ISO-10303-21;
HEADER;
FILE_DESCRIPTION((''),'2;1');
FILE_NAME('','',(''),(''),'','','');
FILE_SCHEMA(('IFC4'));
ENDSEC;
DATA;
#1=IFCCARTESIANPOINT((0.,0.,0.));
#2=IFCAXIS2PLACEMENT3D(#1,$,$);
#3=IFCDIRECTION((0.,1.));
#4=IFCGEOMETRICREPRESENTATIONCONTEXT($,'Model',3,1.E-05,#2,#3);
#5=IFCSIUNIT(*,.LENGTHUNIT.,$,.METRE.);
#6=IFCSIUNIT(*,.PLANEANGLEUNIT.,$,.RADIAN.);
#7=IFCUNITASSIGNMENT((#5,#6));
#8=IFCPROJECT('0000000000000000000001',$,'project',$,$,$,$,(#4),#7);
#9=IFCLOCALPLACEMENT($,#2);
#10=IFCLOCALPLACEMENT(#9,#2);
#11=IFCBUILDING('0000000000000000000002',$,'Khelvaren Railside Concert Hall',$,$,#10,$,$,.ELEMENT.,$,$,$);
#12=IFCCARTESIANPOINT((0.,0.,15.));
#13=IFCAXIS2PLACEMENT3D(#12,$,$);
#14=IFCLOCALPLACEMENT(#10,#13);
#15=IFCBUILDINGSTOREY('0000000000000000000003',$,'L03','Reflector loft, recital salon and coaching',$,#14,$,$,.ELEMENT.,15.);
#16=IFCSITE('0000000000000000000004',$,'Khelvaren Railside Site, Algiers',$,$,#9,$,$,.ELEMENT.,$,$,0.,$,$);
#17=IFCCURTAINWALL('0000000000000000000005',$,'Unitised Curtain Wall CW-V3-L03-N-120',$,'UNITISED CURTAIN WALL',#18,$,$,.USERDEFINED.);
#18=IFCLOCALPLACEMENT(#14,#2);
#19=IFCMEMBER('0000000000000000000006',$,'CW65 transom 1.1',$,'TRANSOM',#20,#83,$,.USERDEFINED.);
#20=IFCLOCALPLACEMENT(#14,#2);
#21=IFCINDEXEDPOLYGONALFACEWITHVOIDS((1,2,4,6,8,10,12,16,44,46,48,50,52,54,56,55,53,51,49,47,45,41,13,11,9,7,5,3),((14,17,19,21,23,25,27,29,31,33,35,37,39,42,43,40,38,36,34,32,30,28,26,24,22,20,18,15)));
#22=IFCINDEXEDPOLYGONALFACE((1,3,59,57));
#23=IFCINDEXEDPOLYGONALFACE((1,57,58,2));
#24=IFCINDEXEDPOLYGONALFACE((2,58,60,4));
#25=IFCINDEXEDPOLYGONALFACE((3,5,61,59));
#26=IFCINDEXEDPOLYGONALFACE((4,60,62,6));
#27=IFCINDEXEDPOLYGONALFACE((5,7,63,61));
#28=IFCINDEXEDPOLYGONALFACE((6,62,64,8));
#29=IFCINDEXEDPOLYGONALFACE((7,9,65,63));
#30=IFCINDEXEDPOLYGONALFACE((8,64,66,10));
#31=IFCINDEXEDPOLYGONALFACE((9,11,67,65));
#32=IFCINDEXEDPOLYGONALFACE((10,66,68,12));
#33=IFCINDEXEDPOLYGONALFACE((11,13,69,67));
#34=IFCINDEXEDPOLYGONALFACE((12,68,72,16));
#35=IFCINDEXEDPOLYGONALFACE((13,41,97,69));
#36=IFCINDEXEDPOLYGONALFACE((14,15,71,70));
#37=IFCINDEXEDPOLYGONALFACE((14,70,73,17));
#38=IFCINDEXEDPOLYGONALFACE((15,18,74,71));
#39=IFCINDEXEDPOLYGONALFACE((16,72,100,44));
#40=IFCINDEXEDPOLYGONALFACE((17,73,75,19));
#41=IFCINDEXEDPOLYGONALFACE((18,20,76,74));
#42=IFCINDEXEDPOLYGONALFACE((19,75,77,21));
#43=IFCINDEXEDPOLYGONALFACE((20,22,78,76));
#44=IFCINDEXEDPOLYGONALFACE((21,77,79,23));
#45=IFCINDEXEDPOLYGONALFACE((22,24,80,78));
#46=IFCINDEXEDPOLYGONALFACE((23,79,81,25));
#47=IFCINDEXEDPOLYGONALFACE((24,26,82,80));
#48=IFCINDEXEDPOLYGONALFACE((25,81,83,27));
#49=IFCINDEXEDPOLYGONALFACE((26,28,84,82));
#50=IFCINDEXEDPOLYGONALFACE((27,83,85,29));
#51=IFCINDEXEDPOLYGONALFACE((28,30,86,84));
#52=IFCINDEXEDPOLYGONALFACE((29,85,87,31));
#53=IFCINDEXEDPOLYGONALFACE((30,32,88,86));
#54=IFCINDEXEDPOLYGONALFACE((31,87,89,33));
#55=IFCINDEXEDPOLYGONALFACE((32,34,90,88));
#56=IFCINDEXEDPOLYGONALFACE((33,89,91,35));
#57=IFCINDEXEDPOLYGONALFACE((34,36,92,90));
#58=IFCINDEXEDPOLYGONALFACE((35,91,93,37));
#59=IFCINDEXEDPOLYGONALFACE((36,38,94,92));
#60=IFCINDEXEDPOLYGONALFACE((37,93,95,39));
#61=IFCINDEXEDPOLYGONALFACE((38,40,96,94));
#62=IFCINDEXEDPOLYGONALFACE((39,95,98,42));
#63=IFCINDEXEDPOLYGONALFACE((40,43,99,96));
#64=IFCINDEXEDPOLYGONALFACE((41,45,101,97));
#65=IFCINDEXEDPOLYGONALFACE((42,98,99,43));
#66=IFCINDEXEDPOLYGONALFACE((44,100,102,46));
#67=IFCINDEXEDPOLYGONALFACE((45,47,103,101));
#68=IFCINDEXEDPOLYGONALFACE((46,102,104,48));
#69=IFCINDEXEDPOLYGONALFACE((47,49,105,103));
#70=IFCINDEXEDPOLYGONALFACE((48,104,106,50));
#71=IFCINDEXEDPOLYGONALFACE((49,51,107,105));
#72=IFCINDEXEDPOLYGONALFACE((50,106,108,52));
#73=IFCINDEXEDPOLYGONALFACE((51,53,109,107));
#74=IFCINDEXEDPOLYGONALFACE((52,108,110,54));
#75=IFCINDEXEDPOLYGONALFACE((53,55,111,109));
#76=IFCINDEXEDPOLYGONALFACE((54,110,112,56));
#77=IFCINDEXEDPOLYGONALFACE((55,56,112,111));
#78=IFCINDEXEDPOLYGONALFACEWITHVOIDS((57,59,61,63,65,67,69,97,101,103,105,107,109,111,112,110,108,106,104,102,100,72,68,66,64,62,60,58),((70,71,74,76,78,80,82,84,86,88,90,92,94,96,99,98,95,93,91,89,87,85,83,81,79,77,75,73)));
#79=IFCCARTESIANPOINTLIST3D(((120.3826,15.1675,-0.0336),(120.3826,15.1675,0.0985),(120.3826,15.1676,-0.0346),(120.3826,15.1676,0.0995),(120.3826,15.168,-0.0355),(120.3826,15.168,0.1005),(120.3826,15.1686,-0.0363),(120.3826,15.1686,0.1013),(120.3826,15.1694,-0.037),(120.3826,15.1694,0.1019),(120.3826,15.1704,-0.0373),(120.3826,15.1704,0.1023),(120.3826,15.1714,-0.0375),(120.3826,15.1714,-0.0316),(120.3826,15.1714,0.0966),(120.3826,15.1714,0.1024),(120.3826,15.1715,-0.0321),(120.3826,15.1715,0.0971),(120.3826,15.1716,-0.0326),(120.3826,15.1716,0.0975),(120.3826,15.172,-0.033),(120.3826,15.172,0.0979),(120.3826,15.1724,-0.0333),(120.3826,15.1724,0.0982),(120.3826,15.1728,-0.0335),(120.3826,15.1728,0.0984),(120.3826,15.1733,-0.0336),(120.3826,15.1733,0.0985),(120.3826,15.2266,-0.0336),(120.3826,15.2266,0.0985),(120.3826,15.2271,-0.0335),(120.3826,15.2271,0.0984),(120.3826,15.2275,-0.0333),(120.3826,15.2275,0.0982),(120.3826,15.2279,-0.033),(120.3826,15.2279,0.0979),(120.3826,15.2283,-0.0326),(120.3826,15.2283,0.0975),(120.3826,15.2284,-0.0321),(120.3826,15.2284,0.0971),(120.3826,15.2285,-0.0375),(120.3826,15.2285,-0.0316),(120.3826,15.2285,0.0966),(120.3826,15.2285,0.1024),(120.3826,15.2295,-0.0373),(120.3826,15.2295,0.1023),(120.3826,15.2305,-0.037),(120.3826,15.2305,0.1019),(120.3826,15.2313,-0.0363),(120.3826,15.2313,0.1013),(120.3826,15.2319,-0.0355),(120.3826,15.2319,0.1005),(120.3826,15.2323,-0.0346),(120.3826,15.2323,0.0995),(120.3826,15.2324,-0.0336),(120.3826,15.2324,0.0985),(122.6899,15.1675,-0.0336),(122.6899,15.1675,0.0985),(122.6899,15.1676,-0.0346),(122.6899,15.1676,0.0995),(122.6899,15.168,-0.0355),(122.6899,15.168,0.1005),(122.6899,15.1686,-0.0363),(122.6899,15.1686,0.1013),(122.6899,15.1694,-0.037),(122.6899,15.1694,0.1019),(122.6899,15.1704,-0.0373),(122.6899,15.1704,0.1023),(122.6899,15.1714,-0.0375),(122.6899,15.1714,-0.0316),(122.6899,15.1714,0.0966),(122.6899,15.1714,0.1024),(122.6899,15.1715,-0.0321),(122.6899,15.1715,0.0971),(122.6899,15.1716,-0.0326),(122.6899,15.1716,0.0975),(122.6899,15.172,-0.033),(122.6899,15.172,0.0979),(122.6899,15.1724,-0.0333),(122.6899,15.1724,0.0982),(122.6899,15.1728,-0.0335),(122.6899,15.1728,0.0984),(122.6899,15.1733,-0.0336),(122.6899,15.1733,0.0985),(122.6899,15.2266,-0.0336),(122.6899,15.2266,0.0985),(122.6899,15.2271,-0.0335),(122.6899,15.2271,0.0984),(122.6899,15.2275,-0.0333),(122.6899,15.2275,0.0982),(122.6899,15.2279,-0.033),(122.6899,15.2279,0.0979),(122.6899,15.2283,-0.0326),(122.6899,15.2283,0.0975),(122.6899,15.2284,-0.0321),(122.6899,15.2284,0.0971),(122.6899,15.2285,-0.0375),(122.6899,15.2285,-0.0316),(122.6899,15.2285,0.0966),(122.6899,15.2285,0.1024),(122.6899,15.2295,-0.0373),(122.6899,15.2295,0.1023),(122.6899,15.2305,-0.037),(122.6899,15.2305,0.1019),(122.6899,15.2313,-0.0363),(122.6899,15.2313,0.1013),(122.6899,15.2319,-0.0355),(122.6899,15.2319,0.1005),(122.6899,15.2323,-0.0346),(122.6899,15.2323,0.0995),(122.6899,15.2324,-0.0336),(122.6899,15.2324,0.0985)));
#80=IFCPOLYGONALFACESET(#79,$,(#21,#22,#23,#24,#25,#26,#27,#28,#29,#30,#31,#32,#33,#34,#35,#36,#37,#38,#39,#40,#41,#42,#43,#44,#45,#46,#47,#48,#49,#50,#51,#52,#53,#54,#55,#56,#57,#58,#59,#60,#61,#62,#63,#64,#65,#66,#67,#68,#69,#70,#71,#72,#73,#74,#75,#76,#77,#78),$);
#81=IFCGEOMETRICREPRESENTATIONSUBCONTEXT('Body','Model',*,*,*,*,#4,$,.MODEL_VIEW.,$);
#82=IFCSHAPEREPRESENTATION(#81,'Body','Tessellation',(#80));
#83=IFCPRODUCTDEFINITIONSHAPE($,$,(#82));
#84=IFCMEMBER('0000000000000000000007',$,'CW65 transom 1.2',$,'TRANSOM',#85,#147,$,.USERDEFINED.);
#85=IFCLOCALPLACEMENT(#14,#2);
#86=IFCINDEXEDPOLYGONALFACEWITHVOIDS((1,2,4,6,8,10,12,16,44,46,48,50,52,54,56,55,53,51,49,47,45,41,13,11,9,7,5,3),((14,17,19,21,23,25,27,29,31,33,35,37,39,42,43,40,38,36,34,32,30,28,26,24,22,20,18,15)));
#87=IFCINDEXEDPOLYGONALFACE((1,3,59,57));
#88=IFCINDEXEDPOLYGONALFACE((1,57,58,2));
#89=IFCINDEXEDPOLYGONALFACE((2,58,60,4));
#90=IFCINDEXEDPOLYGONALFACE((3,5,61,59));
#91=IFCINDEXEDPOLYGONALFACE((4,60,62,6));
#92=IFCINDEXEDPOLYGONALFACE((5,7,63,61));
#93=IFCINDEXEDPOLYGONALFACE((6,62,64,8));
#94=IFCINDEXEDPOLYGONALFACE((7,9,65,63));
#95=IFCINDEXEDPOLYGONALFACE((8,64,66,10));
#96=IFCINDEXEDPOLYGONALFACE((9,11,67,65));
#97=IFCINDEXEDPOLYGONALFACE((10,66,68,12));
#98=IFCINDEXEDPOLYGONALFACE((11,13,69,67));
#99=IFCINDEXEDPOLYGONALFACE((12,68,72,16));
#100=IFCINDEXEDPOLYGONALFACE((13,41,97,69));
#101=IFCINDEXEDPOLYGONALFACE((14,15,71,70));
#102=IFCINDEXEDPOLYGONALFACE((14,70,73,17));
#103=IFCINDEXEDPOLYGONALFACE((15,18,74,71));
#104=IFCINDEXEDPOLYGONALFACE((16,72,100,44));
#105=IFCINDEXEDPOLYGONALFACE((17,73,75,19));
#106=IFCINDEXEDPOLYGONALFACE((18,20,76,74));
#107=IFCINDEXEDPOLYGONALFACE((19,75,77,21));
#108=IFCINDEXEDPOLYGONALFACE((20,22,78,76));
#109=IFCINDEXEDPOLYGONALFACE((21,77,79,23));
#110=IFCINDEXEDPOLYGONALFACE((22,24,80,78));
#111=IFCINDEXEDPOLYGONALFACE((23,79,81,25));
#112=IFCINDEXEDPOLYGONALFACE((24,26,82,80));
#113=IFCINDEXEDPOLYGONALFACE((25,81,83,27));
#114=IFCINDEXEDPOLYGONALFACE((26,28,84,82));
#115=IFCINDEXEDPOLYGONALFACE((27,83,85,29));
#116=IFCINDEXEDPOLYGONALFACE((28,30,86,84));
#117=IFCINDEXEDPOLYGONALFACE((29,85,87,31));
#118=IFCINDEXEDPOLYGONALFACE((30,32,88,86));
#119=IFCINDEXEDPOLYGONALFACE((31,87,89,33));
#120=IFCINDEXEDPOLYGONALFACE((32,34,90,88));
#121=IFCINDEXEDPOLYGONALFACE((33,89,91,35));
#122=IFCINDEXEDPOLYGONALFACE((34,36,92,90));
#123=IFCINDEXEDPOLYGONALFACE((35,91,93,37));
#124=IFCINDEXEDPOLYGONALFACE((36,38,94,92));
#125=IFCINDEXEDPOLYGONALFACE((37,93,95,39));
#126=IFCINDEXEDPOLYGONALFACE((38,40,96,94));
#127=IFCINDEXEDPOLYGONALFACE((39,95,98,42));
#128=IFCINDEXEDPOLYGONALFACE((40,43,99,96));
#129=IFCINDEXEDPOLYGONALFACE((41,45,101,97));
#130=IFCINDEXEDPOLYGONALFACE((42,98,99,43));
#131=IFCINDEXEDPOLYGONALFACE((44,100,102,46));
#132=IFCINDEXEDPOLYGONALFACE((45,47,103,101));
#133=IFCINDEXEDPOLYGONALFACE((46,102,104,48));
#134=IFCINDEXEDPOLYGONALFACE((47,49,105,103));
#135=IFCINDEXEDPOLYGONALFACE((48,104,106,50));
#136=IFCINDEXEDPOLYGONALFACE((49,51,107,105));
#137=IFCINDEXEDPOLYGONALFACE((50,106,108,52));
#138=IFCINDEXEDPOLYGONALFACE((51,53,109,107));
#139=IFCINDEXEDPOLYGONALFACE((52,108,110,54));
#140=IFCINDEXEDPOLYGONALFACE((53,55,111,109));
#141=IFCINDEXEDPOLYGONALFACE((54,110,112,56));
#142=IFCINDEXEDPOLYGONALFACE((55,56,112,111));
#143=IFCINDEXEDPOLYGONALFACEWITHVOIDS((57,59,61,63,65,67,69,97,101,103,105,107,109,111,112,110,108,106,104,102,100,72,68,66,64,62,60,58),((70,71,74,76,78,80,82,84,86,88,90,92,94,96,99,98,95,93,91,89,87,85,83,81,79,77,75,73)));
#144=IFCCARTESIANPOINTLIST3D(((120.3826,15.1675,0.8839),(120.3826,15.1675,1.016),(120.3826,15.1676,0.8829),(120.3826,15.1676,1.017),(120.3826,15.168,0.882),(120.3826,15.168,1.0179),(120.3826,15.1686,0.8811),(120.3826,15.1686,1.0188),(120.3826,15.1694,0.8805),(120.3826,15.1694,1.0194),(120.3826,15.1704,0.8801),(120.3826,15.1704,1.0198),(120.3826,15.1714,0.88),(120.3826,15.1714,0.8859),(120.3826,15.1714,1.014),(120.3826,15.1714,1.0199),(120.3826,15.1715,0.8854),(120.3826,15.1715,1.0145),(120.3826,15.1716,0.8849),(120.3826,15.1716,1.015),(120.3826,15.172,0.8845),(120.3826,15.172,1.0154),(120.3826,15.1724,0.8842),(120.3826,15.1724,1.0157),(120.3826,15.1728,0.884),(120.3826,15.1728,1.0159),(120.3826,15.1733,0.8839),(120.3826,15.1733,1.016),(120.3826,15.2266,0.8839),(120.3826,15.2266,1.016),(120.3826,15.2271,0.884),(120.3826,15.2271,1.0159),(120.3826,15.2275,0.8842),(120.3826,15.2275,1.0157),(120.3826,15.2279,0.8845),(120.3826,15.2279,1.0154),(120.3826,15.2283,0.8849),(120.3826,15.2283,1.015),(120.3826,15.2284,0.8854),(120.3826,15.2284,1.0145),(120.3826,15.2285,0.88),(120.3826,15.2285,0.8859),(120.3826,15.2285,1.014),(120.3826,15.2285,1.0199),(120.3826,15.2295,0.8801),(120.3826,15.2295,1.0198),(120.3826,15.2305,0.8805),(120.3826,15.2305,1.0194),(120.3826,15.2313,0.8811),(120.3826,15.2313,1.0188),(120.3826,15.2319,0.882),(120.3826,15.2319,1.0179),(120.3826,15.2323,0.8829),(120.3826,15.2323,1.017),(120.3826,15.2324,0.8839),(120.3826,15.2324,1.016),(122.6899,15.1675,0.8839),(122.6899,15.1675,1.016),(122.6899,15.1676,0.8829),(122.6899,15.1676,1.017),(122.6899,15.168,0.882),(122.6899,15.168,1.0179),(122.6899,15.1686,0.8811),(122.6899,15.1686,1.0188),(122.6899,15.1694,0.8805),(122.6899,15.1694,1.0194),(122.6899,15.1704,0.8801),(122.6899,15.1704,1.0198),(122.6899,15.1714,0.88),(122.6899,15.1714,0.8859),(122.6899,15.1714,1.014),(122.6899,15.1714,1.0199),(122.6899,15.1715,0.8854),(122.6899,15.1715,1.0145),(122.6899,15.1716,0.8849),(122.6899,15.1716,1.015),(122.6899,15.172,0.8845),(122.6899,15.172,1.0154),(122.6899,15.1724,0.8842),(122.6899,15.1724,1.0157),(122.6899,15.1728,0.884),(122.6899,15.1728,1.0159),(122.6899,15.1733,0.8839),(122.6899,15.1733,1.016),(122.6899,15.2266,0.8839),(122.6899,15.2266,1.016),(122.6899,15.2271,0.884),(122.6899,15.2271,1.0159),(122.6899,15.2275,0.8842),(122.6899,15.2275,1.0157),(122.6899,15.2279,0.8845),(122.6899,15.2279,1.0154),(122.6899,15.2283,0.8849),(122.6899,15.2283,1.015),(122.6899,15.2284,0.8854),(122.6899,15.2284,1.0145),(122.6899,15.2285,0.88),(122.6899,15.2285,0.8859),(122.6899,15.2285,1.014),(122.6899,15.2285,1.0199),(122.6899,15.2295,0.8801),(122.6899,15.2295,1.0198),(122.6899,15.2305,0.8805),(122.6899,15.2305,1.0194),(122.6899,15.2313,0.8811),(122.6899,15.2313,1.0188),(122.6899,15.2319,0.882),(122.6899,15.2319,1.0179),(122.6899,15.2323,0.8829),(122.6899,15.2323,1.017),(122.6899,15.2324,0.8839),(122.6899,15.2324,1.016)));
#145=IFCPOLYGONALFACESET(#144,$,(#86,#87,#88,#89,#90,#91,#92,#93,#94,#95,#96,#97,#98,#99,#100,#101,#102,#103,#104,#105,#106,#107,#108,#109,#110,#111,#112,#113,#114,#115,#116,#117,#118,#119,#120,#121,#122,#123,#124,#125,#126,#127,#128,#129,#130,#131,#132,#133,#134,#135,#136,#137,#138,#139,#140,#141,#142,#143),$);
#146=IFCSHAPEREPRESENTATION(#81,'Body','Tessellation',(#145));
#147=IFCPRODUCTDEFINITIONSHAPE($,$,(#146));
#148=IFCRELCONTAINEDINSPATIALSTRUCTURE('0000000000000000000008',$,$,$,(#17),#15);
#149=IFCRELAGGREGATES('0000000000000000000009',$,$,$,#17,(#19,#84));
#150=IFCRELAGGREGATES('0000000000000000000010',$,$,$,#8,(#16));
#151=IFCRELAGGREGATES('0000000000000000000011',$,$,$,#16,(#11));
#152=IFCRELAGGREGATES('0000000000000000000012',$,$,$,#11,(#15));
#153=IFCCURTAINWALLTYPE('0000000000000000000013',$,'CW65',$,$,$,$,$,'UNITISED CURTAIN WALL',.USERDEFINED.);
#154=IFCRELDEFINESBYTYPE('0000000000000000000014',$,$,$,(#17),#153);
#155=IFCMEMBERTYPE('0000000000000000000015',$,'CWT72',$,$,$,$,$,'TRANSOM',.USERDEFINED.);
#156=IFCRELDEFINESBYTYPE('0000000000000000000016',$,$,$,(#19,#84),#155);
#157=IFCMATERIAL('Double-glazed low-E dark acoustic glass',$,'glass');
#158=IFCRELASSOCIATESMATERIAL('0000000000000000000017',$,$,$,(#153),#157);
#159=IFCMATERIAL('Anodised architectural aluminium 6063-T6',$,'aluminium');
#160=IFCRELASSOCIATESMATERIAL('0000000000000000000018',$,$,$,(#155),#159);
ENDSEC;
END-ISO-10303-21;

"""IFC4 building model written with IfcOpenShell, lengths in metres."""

from ifc_helpers import new_model, si_unit, direction, frame, origin, origin_2d, place, context, subcontext, project, spatial, hollow_rectangle, extrude, material, material_profile, profile_set, type_object, element, aggregate, save


model = new_model("IFC4")

# Units and contexts
model_context = context("Model", 3, precision=1e-05, world=origin(), true_north=direction((0.0, 1.0)))
body_context = subcontext(model_context, "Body", "Model", "MODEL_VIEW")
ifc_project = project(units=[si_unit("LENGTHUNIT", "METRE"), si_unit("PLANEANGLEUNIT", "RADIAN")], contexts=[model_context])

# Site, building, storey
site_placement = place(None, origin())
site = spatial("IfcSite", under=ifc_project, at=site_placement, Name="Khelvaren Railside Site, Algiers", CompositionType="ELEMENT", RefElevation=0.0)
building_placement = place(site_placement, origin())
building = spatial("IfcBuilding", under=site, at=building_placement, Name="Khelvaren Railside Concert Hall", CompositionType="ELEMENT")
storey_placement = place(building_placement, frame((0.0, 0.0, 15.0)))
storey = spatial("IfcBuildingStorey", under=building, at=storey_placement, Name="L03", Description="Reflector loft, recital salon and coaching", CompositionType="ELEMENT", Elevation=15.0)

# Shared definitions
ifc_material_1 = material(Name="Double-glazed low-E dark acoustic glass", Category="glass")
ifc_material_2 = material(Name="Anodised architectural aluminium 6063-T6", Category="aluminium")

# Curtain wall
curtain_wall_type_1 = type_object("IfcCurtainWallType", Name="CW65", ElementType="UNITISED CURTAIN WALL", PredefinedType="USERDEFINED", material=ifc_material_1)
curtain_wall_1_placement = place(storey_placement, origin())
curtain_wall_1 = element("IfcCurtainWall", 1, at=curtain_wall_1_placement, inside=storey, type_object=curtain_wall_type_1, Name="Unitised Curtain Wall CW-V3-L03-N-120", ObjectType="UNITISED CURTAIN WALL", PredefinedType="USERDEFINED")

# Members
ifc_material_profile_1 = material_profile(ifc_material_2, hollow_rectangle(XDim=0.0649, YDim=0.1399, WallThickness=0.0039, InnerFilletRadius=0.002, OuterFilletRadius=0.0039, at=origin_2d()), Name="CWT 65x140x4")
ifc_profile_set_1 = profile_set([ifc_material_profile_1], Name="Anodised architectural aluminium 6063-T6")
member_type_1 = type_object("IfcMemberType", Name="CWT72", ElementType="TRANSOM", PredefinedType="USERDEFINED", material=ifc_profile_set_1)
member_1_placement = place(storey_placement, frame((120.3826, 15.2, 0.0325), z_axis=(1.0, 0.0, 0.0), x_axis=(0.0, 1.0, 0.0)))
member_1 = element("IfcMember", 2, at=member_1_placement, type_object=member_type_1, Name="CW65 transom 1.1", ObjectType="TRANSOM", PredefinedType="USERDEFINED", context=body_context, shape_type="SweptSolid", body=[
    extrude(hollow_rectangle(XDim=0.0649, YDim=0.1399, WallThickness=0.0039, InnerFilletRadius=0.002, OuterFilletRadius=0.0039, at=origin_2d()), origin(), (0.0, 0.0, 1.0), 2.3074),
])
member_2_placement = place(storey_placement, frame((120.3826, 15.2, 0.95), z_axis=(1.0, 0.0, 0.0), x_axis=(0.0, 1.0, 0.0)))
member_2 = element("IfcMember", 3, at=member_2_placement, type_object=member_type_1, Name="CW65 transom 1.2", ObjectType="TRANSOM", PredefinedType="USERDEFINED", context=body_context, shape_type="SweptSolid", body=[
    extrude(hollow_rectangle(XDim=0.0649, YDim=0.1399, WallThickness=0.0039, InnerFilletRadius=0.002, OuterFilletRadius=0.0039, at=origin_2d()), origin(), (0.0, 0.0, 1.0), 2.3074),
])

aggregate(curtain_wall_1, [member_1, member_2])

save(model, "model.ifc")
